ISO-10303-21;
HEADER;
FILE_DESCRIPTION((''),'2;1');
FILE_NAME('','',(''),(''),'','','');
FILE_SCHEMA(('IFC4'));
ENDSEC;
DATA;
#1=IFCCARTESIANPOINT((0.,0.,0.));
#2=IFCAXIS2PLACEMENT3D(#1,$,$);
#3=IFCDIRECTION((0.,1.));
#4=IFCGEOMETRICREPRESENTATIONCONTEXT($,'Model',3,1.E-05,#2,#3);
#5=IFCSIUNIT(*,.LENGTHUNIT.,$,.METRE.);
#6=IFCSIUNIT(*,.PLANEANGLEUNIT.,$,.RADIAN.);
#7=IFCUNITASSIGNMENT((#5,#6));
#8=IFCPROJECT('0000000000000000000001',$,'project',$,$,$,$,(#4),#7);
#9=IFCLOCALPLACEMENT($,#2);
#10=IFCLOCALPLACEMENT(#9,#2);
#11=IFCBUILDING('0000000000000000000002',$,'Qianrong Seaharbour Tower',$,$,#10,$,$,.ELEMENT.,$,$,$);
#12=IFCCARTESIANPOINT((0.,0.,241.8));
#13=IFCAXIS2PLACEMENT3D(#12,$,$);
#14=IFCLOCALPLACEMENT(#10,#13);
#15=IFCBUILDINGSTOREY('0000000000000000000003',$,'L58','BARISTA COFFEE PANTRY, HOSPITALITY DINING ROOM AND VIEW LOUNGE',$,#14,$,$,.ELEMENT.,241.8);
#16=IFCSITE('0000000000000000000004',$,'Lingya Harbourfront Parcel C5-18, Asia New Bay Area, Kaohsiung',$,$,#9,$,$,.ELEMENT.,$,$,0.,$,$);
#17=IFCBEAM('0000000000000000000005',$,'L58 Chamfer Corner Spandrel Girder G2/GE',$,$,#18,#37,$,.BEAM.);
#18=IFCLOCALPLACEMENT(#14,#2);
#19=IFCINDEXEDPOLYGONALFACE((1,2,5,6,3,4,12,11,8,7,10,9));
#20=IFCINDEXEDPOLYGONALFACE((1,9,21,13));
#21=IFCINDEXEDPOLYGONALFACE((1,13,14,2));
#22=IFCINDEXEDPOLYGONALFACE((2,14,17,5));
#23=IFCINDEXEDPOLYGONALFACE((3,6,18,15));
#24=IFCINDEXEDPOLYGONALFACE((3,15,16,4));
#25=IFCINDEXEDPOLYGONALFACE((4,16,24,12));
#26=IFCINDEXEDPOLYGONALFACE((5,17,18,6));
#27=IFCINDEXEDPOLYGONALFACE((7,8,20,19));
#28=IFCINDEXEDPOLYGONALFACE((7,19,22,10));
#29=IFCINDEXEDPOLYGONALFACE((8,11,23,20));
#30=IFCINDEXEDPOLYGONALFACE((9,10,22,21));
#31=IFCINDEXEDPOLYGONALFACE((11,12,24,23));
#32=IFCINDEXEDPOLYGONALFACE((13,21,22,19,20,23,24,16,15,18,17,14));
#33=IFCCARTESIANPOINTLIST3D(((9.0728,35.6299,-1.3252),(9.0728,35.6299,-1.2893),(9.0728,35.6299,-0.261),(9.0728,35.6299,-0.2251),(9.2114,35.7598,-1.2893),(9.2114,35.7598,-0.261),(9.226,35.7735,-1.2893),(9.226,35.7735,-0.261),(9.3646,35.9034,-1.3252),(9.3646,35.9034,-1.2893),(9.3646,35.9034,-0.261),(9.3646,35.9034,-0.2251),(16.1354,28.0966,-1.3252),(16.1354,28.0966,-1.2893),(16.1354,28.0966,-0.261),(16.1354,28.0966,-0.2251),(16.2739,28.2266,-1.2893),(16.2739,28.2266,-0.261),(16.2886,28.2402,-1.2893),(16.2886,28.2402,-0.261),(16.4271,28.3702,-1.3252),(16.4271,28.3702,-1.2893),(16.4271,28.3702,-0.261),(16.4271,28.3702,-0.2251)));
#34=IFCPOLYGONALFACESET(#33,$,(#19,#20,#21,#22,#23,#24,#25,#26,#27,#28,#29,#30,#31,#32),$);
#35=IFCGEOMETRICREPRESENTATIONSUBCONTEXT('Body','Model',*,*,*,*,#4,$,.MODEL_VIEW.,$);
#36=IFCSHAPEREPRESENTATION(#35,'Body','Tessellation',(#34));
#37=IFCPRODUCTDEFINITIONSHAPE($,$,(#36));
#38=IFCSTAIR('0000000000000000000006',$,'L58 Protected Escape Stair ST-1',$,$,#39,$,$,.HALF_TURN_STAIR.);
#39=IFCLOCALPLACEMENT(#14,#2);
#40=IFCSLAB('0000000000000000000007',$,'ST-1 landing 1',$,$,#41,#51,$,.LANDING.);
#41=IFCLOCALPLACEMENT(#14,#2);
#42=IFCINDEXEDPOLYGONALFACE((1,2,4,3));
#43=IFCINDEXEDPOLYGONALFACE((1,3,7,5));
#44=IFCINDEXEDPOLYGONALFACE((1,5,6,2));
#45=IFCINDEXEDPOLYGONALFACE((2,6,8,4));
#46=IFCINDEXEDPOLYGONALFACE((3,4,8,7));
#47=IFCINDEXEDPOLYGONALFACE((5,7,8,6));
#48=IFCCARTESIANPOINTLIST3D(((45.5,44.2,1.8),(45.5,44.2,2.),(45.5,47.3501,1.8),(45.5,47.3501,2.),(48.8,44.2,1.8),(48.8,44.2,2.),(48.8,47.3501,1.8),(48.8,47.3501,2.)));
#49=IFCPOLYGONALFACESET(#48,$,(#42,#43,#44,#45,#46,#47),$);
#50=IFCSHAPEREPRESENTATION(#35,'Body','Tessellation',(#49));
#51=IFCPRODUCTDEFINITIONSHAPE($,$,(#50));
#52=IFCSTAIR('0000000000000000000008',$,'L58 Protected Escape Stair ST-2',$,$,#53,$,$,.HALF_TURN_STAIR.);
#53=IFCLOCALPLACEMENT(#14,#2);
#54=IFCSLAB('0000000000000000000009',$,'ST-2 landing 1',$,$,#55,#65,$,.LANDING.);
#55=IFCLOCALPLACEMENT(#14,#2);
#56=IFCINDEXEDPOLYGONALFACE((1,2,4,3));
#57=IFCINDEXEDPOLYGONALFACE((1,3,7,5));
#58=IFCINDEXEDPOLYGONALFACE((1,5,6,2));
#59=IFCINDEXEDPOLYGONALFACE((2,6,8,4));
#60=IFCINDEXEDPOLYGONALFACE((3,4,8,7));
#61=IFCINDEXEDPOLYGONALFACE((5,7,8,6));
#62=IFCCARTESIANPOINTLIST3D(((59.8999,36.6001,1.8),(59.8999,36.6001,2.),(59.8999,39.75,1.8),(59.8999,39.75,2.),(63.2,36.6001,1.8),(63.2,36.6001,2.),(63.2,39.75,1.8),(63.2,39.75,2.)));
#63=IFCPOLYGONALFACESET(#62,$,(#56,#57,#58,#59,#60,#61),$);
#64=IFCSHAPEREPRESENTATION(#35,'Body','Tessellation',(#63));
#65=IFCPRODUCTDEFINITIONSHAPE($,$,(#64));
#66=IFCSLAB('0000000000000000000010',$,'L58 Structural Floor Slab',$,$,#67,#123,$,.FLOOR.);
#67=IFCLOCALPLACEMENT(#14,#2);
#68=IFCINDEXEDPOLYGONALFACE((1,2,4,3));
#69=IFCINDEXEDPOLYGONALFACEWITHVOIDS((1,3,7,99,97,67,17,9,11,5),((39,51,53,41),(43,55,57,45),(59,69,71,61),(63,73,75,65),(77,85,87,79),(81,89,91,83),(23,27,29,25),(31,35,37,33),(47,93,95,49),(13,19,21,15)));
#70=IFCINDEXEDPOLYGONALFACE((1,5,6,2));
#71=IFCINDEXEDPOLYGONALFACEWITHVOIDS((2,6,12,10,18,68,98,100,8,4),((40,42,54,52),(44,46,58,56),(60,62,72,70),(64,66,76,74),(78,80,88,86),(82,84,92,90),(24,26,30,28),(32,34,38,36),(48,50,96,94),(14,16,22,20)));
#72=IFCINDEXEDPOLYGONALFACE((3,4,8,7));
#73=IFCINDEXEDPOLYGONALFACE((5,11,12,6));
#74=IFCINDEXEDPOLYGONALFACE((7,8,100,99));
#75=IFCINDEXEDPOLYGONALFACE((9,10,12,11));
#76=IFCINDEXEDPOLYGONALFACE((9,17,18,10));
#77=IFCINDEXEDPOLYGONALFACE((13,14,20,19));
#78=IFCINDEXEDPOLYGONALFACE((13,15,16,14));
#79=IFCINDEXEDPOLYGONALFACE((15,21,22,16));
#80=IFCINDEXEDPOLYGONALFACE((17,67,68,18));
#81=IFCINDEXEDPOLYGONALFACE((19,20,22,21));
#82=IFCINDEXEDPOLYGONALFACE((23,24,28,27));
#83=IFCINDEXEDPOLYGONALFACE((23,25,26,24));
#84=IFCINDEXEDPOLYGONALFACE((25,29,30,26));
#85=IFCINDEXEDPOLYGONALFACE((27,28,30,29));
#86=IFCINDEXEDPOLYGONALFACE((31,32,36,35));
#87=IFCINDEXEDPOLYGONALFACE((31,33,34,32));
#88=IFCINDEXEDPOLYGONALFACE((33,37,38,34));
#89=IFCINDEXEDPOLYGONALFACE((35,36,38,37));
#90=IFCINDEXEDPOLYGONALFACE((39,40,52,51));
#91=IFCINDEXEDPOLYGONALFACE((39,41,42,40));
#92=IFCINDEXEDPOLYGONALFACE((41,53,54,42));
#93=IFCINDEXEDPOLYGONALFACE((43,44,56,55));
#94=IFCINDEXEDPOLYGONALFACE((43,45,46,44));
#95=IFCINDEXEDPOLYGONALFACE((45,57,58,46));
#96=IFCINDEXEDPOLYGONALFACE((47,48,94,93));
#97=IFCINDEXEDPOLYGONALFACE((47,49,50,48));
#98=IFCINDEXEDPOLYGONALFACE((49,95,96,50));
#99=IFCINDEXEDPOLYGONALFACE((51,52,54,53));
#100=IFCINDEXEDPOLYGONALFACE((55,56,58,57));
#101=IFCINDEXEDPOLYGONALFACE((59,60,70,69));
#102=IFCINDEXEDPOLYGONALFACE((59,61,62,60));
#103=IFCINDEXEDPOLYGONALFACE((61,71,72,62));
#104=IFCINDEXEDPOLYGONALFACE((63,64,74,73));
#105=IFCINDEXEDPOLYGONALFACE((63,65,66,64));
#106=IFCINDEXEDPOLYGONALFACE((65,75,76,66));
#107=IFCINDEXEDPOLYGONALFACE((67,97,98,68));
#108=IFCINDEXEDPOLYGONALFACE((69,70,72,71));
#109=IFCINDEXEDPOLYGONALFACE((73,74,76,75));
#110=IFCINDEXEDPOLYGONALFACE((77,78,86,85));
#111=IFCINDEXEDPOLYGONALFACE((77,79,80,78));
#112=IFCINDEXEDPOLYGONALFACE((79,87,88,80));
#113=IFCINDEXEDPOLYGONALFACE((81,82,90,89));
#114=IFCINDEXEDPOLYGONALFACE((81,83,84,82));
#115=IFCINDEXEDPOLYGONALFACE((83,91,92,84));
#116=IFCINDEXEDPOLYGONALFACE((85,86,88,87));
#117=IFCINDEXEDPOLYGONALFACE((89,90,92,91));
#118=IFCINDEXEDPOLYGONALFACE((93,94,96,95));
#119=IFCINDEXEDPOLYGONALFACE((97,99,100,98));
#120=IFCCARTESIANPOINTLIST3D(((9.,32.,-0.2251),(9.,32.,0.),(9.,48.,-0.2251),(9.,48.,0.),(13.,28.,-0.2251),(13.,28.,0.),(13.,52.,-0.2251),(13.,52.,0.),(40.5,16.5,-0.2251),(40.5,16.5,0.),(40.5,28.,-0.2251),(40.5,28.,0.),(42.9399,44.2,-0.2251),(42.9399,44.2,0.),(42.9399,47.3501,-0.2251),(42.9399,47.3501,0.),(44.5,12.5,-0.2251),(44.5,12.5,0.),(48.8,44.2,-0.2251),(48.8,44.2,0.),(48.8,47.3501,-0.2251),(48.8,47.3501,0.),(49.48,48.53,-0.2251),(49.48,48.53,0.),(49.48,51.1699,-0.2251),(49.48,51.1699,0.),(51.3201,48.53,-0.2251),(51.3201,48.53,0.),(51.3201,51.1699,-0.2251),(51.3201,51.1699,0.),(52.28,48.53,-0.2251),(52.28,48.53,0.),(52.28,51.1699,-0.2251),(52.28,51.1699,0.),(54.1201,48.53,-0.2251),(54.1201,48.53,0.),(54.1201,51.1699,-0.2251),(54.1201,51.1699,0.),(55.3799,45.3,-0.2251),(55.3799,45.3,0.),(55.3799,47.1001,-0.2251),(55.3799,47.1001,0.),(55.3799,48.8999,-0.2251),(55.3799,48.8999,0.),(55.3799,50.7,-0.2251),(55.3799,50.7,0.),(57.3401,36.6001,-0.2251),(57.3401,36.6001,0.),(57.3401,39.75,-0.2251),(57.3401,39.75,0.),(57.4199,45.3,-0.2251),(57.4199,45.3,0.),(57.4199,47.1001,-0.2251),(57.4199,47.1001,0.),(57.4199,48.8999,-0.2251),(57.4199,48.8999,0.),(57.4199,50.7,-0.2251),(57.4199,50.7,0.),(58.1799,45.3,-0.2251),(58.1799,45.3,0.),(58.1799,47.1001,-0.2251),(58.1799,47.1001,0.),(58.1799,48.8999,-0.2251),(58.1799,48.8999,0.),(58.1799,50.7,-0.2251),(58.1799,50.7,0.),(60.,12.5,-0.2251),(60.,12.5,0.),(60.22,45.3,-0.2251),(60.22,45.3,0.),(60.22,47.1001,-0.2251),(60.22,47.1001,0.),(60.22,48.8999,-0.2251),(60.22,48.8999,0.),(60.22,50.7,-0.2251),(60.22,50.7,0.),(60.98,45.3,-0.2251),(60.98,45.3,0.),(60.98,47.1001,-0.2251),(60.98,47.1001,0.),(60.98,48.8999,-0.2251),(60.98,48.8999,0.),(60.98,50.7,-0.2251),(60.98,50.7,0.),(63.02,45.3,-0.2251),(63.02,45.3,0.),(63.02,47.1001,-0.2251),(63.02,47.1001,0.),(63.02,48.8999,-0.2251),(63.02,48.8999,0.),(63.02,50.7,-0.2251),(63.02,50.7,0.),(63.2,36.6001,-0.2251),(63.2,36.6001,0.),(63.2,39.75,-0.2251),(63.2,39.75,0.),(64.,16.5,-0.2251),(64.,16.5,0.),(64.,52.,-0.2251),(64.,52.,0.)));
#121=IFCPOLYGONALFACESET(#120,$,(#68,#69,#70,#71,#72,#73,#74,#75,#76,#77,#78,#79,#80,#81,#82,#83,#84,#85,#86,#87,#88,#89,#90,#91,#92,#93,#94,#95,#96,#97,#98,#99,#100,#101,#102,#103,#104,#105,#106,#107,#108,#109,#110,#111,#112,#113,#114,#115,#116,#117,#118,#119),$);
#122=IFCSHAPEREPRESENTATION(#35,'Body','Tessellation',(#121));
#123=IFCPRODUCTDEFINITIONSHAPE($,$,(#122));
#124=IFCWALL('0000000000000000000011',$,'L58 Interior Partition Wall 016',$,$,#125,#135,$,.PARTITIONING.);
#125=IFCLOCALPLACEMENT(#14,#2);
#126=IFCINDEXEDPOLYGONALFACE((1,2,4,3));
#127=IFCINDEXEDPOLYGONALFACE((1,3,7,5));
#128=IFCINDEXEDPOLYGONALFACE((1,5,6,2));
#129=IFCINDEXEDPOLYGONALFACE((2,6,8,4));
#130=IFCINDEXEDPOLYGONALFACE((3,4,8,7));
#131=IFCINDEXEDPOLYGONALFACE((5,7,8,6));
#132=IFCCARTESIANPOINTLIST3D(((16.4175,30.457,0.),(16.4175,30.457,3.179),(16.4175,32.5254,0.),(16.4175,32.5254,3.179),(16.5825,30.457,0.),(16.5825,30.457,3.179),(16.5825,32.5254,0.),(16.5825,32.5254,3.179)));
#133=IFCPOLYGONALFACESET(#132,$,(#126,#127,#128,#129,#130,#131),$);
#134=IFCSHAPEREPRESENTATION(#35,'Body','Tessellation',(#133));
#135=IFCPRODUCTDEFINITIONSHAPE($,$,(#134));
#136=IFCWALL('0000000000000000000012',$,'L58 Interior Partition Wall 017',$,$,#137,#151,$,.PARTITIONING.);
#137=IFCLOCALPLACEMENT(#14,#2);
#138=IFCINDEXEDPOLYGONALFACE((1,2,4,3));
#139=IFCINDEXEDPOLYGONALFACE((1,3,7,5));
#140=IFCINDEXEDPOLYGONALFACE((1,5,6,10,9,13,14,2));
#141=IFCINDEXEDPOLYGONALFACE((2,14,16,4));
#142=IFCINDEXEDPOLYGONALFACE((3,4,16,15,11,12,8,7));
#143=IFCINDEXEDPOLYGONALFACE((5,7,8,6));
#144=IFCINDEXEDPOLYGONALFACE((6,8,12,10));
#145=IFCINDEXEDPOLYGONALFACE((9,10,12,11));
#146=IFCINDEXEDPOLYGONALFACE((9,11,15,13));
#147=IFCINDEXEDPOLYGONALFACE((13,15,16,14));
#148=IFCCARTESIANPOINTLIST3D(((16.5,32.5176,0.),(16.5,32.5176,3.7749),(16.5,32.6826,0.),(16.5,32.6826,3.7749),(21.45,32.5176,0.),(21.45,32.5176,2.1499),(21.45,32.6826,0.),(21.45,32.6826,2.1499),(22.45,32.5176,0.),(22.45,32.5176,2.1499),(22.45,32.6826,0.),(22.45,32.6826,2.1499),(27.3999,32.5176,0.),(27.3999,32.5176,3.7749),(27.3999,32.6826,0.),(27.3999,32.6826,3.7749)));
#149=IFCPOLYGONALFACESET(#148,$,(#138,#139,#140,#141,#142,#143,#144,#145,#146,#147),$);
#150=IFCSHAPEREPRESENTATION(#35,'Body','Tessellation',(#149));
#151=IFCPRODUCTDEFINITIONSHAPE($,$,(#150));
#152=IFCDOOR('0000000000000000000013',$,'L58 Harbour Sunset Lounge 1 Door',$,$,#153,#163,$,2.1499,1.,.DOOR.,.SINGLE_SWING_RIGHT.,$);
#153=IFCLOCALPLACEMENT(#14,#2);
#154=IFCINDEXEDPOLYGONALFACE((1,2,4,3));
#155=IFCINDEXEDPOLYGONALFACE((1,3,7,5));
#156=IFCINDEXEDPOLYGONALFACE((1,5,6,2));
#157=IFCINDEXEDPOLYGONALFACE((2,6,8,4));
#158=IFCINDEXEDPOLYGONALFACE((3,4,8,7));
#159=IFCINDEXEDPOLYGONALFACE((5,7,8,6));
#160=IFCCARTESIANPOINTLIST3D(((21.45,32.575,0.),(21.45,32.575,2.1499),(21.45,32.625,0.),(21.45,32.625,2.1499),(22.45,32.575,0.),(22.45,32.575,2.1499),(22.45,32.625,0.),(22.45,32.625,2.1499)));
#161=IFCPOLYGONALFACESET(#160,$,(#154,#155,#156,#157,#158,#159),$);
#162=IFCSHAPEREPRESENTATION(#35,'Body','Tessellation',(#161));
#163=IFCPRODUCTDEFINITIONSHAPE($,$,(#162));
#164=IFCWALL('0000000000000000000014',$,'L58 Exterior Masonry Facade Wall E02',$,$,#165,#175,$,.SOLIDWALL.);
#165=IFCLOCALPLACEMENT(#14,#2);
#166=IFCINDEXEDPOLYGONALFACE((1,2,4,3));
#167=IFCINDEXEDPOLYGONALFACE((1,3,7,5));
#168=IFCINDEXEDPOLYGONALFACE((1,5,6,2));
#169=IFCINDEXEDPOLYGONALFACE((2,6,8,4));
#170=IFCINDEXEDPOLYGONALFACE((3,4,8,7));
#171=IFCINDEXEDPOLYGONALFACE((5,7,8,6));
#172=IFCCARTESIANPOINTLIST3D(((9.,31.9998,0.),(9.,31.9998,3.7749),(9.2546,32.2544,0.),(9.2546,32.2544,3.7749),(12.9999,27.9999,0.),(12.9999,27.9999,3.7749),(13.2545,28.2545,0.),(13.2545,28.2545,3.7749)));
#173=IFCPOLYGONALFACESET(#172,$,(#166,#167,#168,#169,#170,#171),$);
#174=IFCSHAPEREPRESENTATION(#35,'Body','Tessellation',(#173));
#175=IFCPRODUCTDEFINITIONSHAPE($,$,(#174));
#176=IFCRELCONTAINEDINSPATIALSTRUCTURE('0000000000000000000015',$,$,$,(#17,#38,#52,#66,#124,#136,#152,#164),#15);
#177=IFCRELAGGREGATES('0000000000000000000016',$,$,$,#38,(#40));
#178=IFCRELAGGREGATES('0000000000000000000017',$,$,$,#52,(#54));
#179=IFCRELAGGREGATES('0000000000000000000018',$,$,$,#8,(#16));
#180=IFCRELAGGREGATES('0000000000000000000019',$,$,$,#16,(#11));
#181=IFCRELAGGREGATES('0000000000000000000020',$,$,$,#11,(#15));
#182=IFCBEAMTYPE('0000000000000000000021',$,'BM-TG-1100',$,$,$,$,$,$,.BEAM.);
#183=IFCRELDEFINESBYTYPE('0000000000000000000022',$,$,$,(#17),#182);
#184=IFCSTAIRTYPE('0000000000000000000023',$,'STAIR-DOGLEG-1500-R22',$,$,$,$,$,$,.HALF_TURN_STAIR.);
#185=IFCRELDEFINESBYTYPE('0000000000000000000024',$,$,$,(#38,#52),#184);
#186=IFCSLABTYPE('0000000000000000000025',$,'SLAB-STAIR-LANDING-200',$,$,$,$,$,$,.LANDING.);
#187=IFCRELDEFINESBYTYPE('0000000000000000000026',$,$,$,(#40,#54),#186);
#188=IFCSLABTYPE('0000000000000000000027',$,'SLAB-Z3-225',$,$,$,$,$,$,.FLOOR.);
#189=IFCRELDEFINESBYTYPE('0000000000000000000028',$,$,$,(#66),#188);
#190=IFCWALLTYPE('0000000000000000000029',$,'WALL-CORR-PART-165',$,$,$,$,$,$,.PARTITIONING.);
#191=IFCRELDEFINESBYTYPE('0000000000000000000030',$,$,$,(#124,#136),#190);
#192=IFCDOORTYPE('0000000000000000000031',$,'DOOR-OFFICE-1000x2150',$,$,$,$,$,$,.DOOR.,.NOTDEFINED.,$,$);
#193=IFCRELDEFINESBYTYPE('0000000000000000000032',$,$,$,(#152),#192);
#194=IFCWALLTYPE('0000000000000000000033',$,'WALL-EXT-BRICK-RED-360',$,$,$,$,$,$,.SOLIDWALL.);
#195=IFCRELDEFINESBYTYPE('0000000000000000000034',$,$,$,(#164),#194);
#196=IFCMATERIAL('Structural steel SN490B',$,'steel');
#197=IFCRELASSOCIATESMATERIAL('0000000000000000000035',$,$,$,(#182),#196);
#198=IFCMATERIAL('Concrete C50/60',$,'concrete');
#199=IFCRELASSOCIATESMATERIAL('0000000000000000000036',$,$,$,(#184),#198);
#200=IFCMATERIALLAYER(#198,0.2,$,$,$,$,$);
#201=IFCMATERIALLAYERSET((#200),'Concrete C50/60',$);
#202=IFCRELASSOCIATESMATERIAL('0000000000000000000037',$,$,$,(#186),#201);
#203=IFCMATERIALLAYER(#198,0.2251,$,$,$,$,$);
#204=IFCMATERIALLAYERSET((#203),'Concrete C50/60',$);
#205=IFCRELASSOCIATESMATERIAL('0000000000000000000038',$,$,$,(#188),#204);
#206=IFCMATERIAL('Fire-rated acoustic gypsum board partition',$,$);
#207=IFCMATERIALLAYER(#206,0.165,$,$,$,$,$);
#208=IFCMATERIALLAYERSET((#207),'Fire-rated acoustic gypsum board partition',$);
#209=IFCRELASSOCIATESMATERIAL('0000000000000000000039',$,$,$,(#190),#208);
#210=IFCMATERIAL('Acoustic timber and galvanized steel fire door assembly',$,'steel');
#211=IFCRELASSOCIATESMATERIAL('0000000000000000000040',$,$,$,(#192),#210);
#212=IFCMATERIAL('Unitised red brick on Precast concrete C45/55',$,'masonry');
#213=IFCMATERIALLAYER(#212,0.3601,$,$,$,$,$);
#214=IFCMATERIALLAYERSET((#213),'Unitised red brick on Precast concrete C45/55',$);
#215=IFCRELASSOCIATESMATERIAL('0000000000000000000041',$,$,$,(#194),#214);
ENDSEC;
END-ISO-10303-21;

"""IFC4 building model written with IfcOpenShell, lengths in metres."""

from ifc_helpers import new_model, si_unit, direction, frame, frame_2d, origin, origin_2d, place, context, subcontext, project, spatial, polyline, rectangle, i_section, outline, extrude, material, layer, layer_set, material_profile, profile_set, type_object, element, fill, aggregate, save


model = new_model("IFC4")

# Units and contexts
model_context = context("Model", 3, precision=1e-05, world=origin(), true_north=direction((0.0, 1.0)))
body_context = subcontext(model_context, "Body", "Model", "MODEL_VIEW")
ifc_project = project(units=[si_unit("LENGTHUNIT", "METRE"), si_unit("PLANEANGLEUNIT", "RADIAN")], contexts=[model_context])

# Site, building, storey
site_placement = place(None, origin())
site = spatial("IfcSite", under=ifc_project, at=site_placement, Name="Lingya Harbourfront Parcel C5-18, Asia New Bay Area, Kaohsiung", CompositionType="ELEMENT", RefElevation=0.0)
building_placement = place(site_placement, origin())
building = spatial("IfcBuilding", under=site, at=building_placement, Name="Qianrong Seaharbour Tower", CompositionType="ELEMENT")
storey_placement = place(building_placement, frame((0.0, 0.0, 241.8)))
storey = spatial("IfcBuildingStorey", under=building, at=storey_placement, Name="L58", Description="BARISTA COFFEE PANTRY, HOSPITALITY DINING ROOM AND VIEW LOUNGE", CompositionType="ELEMENT", Elevation=241.8)

# Shared definitions
ifc_material_1 = material(Name="Structural steel SN490B", Category="steel")

# Beam
ifc_material_profile_1 = material_profile(ifc_material_1, i_section(OverallWidth=0.3999, OverallDepth=1.1001, WebThickness=0.02, FlangeThickness=0.0359, at=origin_2d()), Name="BH1100x400x20x36")
ifc_profile_set_1 = profile_set([ifc_material_profile_1], Name="Structural steel SN490B")
beam_type_1 = type_object("IfcBeamType", Name="BM-TG-1100", PredefinedType="BEAM", material=ifc_profile_set_1)
beam_1_placement = place(storey_placement, frame((16.2812, 28.2334, -0.7751), z_axis=(-0.683947, 0.729531, 0.0), x_axis=(-0.729531, -0.683947, 0.0)))
element("IfcBeam", 1, at=beam_1_placement, inside=storey, type_object=beam_type_1, Name="L58 Chamfer Corner Spandrel Girder G2/GE", PredefinedType="BEAM", context=body_context, shape_type="SweptSolid", body=[
    extrude(i_section(OverallWidth=0.3999, OverallDepth=1.1001, WebThickness=0.02, FlangeThickness=0.0359, at=origin_2d()), origin(), (0.0, 0.0, 1.0), 10.3262),
])

# Stairs, slabs
ifc_material_2 = material(Name="Concrete C50/60", Category="concrete")
stair_type = type_object("IfcStairType", Name="STAIR-DOGLEG-1500-R22", PredefinedType="HALF_TURN_STAIR", material=ifc_material_2)
stair_1_placement = place(storey_placement, origin())
stair_1 = element("IfcStair", 2, at=stair_1_placement, inside=storey, type_object=stair_type, Name="L58 Protected Escape Stair ST-1", PredefinedType="HALF_TURN_STAIR")
ifc_layer_1 = layer(ifc_material_2, 0.2)
ifc_layer_set_1 = layer_set([ifc_layer_1], Name="Concrete C50/60")
slab_type_1 = type_object("IfcSlabType", Name="SLAB-STAIR-LANDING-200", PredefinedType="LANDING", material=ifc_layer_set_1)
slab_1_placement = place(storey_placement, frame((0.0, 0.0, 1.8)))
slab_1 = element("IfcSlab", 3, at=slab_1_placement, type_object=slab_type_1, Name="ST-1 landing 1", PredefinedType="LANDING", context=body_context, shape_type="SweptSolid", body=[
    extrude(outline(polyline([(45.5, 44.2), (48.8, 44.2), (48.8, 47.3501), (45.5, 47.3501), (45.5, 44.2)])), origin(), (0.0, 0.0, 1.0), 0.2),
])
aggregate(stair_1, [slab_1])
stair_2_placement = place(storey_placement, origin())
stair_2 = element("IfcStair", 4, at=stair_2_placement, inside=storey, type_object=stair_type, Name="L58 Protected Escape Stair ST-2", PredefinedType="HALF_TURN_STAIR")
slab_2_placement = place(storey_placement, frame((0.0, 0.0, 1.8)))
slab_2 = element("IfcSlab", 5, at=slab_2_placement, type_object=slab_type_1, Name="ST-2 landing 1", PredefinedType="LANDING", context=body_context, shape_type="SweptSolid", body=[
    extrude(outline(polyline([(59.8999, 36.6001), (63.2, 36.6001), (63.2, 39.75), (59.8999, 39.75), (59.8999, 36.6001)])), origin(), (0.0, 0.0, 1.0), 0.2),
])
aggregate(stair_2, [slab_2])

# Slab
ifc_layer_2 = layer(ifc_material_2, 0.2251)
ifc_layer_set_2 = layer_set([ifc_layer_2], Name="Concrete C50/60")
slab_type_2 = type_object("IfcSlabType", Name="SLAB-Z3-225", PredefinedType="FLOOR", material=ifc_layer_set_2)
slab_3_placement = place(storey_placement, frame((0.0, 0.0, -0.2251)))
element("IfcSlab", 6, at=slab_3_placement, inside=storey, type_object=slab_type_2, Name="L58 Structural Floor Slab", PredefinedType="FLOOR", context=body_context, shape_type="SweptSolid", body=[
    extrude(outline(polyline([(44.5, 12.5), (60.0, 12.5), (64.0, 16.5), (64.0, 52.0), (13.0, 52.0), (9.0, 48.0), (9.0, 32.0), (13.0, 28.0), (40.5, 28.0), (40.5, 16.5), (44.5, 12.5)]), holes=[polyline([(42.9399, 44.2), (42.9399, 47.3501), (48.8, 47.3501), (48.8, 44.2), (42.9399, 44.2)]), polyline([(57.3401, 36.6001), (57.3401, 39.75), (63.2, 39.75), (63.2, 36.6001), (57.3401, 36.6001)]), polyline([(49.48, 48.53), (49.48, 51.1699), (51.3201, 51.1699), (51.3201, 48.53), (49.48, 48.53)]), polyline([(52.28, 48.53), (52.28, 51.1699), (54.1201, 51.1699), (54.1201, 48.53), (52.28, 48.53)]), polyline([(55.3799, 45.3), (55.3799, 47.1001), (57.4199, 47.1001), (57.4199, 45.3), (55.3799, 45.3)]), polyline([(58.1799, 45.3), (58.1799, 47.1001), (60.22, 47.1001), (60.22, 45.3), (58.1799, 45.3)]), polyline([(60.98, 45.3), (60.98, 47.1001), (63.02, 47.1001), (63.02, 45.3), (60.98, 45.3)]), polyline([(55.3799, 48.8999), (55.3799, 50.7), (57.4199, 50.7), (57.4199, 48.8999), (55.3799, 48.8999)]), polyline([(58.1799, 48.8999), (58.1799, 50.7), (60.22, 50.7), (60.22, 48.8999), (58.1799, 48.8999)]), polyline([(60.98, 48.8999), (60.98, 50.7), (63.02, 50.7), (63.02, 48.8999), (60.98, 48.8999)])]), origin(), (0.0, 0.0, 1.0), 0.2251),
])

# Wall
ifc_material_3 = material(Name="Fire-rated acoustic gypsum board partition")
ifc_layer_3 = layer(ifc_material_3, 0.165)
ifc_layer_set_3 = layer_set([ifc_layer_3], Name="Fire-rated acoustic gypsum board partition")
wall_type_1 = type_object("IfcWallType", Name="WALL-CORR-PART-165", PredefinedType="PARTITIONING", material=ifc_layer_set_3)
wall_1_placement = place(storey_placement, frame((16.5, 30.457, 0.0), z_axis=(0.0, 0.0, 1.0), x_axis=(0.0, 1.0, 0.0)))
element("IfcWall", 7, at=wall_1_placement, inside=storey, type_object=wall_type_1, Name="L58 Interior Partition Wall 016", PredefinedType="PARTITIONING", context=body_context, shape_type="SweptSolid", body=[
    extrude(rectangle(XDim=2.0684, YDim=0.165, at=frame_2d((1.0342, 0.0))), origin(), (0.0, 0.0, 1.0), 3.179),
])

# Wall, opening, door
wall_2_placement = place(storey_placement, frame((16.5, 32.6001, 0.0), z_axis=(0.0, 0.0, 1.0), x_axis=(1.0, 0.0, 0.0)))
wall_2 = element("IfcWall", 8, at=wall_2_placement, inside=storey, type_object=wall_type_1, Name="L58 Interior Partition Wall 017", PredefinedType="PARTITIONING", context=body_context, shape_type="SweptSolid", body=[
    extrude(rectangle(XDim=10.8999, YDim=0.165, at=frame_2d((5.45, 0.0))), origin(), (0.0, 0.0, 1.0), 3.7749),
])
opening_1_placement = place(wall_2_placement, frame((4.95, 0.0, 0.0)))
opening_1 = element("IfcOpeningElement", 9, at=opening_1_placement, cuts=wall_2, PredefinedType="OPENING", context=body_context, shape_type="SweptSolid", body=[
    extrude(rectangle(XDim=1.0, YDim=2.1499, at=frame_2d((0.5, 1.075))), frame((0.0, 0.0925, 0.0), z_axis=(0.0, -1.0, 0.0), x_axis=(1.0, 0.0, 0.0)), (0.0, 0.0, 1.0), 0.1851),
])
ifc_material_4 = material(Name="Acoustic timber and galvanized steel fire door assembly", Category="steel")
door_type = type_object("IfcDoorType", Name="DOOR-OFFICE-1000x2150", OperationType="NOTDEFINED", PredefinedType="DOOR", material=ifc_material_4)
door_placement = place(opening_1_placement, origin())
door = element("IfcDoor", 10, at=door_placement, inside=storey, type_object=door_type, Name="L58 Harbour Sunset Lounge 1 Door", OperationType="SINGLE_SWING_RIGHT", OverallHeight=2.1499, OverallWidth=1.0, PredefinedType="DOOR", context=body_context, shape_type="SweptSolid", body=[
    extrude(rectangle(XDim=1.0, YDim=2.1499, at=frame_2d((0.5, 1.075))), frame((0.0, 0.0249, 0.0), z_axis=(0.0, -1.0, 0.0), x_axis=(1.0, 0.0, 0.0)), (0.0, 0.0, 1.0), 0.05),
])
fill(opening_1, door)

# Wall
ifc_material_5 = material(Name="Unitised red brick on Precast concrete C45/55", Category="masonry")
ifc_layer_4 = layer(ifc_material_5, 0.3601)
ifc_layer_set_4 = layer_set([ifc_layer_4], Name="Unitised red brick on Precast concrete C45/55")
wall_type_2 = type_object("IfcWallType", Name="WALL-EXT-BRICK-RED-360", PredefinedType="SOLIDWALL", material=ifc_layer_set_4)
wall_3_placement = place(storey_placement, frame((13.1272, 28.1272, 0.0), z_axis=(0.0, 0.0, 1.0), x_axis=(-0.707107, 0.707107, 0.0)))
element("IfcWall", 11, at=wall_3_placement, inside=storey, type_object=wall_type_2, Name="L58 Exterior Masonry Facade Wall E02", PredefinedType="SOLIDWALL", context=body_context, shape_type="SweptSolid", body=[
    extrude(rectangle(XDim=5.6567, YDim=0.3601, at=frame_2d((2.8284, 0.0))), origin(), (0.0, 0.0, 1.0), 3.7749),
])

save(model, "model.ifc")
